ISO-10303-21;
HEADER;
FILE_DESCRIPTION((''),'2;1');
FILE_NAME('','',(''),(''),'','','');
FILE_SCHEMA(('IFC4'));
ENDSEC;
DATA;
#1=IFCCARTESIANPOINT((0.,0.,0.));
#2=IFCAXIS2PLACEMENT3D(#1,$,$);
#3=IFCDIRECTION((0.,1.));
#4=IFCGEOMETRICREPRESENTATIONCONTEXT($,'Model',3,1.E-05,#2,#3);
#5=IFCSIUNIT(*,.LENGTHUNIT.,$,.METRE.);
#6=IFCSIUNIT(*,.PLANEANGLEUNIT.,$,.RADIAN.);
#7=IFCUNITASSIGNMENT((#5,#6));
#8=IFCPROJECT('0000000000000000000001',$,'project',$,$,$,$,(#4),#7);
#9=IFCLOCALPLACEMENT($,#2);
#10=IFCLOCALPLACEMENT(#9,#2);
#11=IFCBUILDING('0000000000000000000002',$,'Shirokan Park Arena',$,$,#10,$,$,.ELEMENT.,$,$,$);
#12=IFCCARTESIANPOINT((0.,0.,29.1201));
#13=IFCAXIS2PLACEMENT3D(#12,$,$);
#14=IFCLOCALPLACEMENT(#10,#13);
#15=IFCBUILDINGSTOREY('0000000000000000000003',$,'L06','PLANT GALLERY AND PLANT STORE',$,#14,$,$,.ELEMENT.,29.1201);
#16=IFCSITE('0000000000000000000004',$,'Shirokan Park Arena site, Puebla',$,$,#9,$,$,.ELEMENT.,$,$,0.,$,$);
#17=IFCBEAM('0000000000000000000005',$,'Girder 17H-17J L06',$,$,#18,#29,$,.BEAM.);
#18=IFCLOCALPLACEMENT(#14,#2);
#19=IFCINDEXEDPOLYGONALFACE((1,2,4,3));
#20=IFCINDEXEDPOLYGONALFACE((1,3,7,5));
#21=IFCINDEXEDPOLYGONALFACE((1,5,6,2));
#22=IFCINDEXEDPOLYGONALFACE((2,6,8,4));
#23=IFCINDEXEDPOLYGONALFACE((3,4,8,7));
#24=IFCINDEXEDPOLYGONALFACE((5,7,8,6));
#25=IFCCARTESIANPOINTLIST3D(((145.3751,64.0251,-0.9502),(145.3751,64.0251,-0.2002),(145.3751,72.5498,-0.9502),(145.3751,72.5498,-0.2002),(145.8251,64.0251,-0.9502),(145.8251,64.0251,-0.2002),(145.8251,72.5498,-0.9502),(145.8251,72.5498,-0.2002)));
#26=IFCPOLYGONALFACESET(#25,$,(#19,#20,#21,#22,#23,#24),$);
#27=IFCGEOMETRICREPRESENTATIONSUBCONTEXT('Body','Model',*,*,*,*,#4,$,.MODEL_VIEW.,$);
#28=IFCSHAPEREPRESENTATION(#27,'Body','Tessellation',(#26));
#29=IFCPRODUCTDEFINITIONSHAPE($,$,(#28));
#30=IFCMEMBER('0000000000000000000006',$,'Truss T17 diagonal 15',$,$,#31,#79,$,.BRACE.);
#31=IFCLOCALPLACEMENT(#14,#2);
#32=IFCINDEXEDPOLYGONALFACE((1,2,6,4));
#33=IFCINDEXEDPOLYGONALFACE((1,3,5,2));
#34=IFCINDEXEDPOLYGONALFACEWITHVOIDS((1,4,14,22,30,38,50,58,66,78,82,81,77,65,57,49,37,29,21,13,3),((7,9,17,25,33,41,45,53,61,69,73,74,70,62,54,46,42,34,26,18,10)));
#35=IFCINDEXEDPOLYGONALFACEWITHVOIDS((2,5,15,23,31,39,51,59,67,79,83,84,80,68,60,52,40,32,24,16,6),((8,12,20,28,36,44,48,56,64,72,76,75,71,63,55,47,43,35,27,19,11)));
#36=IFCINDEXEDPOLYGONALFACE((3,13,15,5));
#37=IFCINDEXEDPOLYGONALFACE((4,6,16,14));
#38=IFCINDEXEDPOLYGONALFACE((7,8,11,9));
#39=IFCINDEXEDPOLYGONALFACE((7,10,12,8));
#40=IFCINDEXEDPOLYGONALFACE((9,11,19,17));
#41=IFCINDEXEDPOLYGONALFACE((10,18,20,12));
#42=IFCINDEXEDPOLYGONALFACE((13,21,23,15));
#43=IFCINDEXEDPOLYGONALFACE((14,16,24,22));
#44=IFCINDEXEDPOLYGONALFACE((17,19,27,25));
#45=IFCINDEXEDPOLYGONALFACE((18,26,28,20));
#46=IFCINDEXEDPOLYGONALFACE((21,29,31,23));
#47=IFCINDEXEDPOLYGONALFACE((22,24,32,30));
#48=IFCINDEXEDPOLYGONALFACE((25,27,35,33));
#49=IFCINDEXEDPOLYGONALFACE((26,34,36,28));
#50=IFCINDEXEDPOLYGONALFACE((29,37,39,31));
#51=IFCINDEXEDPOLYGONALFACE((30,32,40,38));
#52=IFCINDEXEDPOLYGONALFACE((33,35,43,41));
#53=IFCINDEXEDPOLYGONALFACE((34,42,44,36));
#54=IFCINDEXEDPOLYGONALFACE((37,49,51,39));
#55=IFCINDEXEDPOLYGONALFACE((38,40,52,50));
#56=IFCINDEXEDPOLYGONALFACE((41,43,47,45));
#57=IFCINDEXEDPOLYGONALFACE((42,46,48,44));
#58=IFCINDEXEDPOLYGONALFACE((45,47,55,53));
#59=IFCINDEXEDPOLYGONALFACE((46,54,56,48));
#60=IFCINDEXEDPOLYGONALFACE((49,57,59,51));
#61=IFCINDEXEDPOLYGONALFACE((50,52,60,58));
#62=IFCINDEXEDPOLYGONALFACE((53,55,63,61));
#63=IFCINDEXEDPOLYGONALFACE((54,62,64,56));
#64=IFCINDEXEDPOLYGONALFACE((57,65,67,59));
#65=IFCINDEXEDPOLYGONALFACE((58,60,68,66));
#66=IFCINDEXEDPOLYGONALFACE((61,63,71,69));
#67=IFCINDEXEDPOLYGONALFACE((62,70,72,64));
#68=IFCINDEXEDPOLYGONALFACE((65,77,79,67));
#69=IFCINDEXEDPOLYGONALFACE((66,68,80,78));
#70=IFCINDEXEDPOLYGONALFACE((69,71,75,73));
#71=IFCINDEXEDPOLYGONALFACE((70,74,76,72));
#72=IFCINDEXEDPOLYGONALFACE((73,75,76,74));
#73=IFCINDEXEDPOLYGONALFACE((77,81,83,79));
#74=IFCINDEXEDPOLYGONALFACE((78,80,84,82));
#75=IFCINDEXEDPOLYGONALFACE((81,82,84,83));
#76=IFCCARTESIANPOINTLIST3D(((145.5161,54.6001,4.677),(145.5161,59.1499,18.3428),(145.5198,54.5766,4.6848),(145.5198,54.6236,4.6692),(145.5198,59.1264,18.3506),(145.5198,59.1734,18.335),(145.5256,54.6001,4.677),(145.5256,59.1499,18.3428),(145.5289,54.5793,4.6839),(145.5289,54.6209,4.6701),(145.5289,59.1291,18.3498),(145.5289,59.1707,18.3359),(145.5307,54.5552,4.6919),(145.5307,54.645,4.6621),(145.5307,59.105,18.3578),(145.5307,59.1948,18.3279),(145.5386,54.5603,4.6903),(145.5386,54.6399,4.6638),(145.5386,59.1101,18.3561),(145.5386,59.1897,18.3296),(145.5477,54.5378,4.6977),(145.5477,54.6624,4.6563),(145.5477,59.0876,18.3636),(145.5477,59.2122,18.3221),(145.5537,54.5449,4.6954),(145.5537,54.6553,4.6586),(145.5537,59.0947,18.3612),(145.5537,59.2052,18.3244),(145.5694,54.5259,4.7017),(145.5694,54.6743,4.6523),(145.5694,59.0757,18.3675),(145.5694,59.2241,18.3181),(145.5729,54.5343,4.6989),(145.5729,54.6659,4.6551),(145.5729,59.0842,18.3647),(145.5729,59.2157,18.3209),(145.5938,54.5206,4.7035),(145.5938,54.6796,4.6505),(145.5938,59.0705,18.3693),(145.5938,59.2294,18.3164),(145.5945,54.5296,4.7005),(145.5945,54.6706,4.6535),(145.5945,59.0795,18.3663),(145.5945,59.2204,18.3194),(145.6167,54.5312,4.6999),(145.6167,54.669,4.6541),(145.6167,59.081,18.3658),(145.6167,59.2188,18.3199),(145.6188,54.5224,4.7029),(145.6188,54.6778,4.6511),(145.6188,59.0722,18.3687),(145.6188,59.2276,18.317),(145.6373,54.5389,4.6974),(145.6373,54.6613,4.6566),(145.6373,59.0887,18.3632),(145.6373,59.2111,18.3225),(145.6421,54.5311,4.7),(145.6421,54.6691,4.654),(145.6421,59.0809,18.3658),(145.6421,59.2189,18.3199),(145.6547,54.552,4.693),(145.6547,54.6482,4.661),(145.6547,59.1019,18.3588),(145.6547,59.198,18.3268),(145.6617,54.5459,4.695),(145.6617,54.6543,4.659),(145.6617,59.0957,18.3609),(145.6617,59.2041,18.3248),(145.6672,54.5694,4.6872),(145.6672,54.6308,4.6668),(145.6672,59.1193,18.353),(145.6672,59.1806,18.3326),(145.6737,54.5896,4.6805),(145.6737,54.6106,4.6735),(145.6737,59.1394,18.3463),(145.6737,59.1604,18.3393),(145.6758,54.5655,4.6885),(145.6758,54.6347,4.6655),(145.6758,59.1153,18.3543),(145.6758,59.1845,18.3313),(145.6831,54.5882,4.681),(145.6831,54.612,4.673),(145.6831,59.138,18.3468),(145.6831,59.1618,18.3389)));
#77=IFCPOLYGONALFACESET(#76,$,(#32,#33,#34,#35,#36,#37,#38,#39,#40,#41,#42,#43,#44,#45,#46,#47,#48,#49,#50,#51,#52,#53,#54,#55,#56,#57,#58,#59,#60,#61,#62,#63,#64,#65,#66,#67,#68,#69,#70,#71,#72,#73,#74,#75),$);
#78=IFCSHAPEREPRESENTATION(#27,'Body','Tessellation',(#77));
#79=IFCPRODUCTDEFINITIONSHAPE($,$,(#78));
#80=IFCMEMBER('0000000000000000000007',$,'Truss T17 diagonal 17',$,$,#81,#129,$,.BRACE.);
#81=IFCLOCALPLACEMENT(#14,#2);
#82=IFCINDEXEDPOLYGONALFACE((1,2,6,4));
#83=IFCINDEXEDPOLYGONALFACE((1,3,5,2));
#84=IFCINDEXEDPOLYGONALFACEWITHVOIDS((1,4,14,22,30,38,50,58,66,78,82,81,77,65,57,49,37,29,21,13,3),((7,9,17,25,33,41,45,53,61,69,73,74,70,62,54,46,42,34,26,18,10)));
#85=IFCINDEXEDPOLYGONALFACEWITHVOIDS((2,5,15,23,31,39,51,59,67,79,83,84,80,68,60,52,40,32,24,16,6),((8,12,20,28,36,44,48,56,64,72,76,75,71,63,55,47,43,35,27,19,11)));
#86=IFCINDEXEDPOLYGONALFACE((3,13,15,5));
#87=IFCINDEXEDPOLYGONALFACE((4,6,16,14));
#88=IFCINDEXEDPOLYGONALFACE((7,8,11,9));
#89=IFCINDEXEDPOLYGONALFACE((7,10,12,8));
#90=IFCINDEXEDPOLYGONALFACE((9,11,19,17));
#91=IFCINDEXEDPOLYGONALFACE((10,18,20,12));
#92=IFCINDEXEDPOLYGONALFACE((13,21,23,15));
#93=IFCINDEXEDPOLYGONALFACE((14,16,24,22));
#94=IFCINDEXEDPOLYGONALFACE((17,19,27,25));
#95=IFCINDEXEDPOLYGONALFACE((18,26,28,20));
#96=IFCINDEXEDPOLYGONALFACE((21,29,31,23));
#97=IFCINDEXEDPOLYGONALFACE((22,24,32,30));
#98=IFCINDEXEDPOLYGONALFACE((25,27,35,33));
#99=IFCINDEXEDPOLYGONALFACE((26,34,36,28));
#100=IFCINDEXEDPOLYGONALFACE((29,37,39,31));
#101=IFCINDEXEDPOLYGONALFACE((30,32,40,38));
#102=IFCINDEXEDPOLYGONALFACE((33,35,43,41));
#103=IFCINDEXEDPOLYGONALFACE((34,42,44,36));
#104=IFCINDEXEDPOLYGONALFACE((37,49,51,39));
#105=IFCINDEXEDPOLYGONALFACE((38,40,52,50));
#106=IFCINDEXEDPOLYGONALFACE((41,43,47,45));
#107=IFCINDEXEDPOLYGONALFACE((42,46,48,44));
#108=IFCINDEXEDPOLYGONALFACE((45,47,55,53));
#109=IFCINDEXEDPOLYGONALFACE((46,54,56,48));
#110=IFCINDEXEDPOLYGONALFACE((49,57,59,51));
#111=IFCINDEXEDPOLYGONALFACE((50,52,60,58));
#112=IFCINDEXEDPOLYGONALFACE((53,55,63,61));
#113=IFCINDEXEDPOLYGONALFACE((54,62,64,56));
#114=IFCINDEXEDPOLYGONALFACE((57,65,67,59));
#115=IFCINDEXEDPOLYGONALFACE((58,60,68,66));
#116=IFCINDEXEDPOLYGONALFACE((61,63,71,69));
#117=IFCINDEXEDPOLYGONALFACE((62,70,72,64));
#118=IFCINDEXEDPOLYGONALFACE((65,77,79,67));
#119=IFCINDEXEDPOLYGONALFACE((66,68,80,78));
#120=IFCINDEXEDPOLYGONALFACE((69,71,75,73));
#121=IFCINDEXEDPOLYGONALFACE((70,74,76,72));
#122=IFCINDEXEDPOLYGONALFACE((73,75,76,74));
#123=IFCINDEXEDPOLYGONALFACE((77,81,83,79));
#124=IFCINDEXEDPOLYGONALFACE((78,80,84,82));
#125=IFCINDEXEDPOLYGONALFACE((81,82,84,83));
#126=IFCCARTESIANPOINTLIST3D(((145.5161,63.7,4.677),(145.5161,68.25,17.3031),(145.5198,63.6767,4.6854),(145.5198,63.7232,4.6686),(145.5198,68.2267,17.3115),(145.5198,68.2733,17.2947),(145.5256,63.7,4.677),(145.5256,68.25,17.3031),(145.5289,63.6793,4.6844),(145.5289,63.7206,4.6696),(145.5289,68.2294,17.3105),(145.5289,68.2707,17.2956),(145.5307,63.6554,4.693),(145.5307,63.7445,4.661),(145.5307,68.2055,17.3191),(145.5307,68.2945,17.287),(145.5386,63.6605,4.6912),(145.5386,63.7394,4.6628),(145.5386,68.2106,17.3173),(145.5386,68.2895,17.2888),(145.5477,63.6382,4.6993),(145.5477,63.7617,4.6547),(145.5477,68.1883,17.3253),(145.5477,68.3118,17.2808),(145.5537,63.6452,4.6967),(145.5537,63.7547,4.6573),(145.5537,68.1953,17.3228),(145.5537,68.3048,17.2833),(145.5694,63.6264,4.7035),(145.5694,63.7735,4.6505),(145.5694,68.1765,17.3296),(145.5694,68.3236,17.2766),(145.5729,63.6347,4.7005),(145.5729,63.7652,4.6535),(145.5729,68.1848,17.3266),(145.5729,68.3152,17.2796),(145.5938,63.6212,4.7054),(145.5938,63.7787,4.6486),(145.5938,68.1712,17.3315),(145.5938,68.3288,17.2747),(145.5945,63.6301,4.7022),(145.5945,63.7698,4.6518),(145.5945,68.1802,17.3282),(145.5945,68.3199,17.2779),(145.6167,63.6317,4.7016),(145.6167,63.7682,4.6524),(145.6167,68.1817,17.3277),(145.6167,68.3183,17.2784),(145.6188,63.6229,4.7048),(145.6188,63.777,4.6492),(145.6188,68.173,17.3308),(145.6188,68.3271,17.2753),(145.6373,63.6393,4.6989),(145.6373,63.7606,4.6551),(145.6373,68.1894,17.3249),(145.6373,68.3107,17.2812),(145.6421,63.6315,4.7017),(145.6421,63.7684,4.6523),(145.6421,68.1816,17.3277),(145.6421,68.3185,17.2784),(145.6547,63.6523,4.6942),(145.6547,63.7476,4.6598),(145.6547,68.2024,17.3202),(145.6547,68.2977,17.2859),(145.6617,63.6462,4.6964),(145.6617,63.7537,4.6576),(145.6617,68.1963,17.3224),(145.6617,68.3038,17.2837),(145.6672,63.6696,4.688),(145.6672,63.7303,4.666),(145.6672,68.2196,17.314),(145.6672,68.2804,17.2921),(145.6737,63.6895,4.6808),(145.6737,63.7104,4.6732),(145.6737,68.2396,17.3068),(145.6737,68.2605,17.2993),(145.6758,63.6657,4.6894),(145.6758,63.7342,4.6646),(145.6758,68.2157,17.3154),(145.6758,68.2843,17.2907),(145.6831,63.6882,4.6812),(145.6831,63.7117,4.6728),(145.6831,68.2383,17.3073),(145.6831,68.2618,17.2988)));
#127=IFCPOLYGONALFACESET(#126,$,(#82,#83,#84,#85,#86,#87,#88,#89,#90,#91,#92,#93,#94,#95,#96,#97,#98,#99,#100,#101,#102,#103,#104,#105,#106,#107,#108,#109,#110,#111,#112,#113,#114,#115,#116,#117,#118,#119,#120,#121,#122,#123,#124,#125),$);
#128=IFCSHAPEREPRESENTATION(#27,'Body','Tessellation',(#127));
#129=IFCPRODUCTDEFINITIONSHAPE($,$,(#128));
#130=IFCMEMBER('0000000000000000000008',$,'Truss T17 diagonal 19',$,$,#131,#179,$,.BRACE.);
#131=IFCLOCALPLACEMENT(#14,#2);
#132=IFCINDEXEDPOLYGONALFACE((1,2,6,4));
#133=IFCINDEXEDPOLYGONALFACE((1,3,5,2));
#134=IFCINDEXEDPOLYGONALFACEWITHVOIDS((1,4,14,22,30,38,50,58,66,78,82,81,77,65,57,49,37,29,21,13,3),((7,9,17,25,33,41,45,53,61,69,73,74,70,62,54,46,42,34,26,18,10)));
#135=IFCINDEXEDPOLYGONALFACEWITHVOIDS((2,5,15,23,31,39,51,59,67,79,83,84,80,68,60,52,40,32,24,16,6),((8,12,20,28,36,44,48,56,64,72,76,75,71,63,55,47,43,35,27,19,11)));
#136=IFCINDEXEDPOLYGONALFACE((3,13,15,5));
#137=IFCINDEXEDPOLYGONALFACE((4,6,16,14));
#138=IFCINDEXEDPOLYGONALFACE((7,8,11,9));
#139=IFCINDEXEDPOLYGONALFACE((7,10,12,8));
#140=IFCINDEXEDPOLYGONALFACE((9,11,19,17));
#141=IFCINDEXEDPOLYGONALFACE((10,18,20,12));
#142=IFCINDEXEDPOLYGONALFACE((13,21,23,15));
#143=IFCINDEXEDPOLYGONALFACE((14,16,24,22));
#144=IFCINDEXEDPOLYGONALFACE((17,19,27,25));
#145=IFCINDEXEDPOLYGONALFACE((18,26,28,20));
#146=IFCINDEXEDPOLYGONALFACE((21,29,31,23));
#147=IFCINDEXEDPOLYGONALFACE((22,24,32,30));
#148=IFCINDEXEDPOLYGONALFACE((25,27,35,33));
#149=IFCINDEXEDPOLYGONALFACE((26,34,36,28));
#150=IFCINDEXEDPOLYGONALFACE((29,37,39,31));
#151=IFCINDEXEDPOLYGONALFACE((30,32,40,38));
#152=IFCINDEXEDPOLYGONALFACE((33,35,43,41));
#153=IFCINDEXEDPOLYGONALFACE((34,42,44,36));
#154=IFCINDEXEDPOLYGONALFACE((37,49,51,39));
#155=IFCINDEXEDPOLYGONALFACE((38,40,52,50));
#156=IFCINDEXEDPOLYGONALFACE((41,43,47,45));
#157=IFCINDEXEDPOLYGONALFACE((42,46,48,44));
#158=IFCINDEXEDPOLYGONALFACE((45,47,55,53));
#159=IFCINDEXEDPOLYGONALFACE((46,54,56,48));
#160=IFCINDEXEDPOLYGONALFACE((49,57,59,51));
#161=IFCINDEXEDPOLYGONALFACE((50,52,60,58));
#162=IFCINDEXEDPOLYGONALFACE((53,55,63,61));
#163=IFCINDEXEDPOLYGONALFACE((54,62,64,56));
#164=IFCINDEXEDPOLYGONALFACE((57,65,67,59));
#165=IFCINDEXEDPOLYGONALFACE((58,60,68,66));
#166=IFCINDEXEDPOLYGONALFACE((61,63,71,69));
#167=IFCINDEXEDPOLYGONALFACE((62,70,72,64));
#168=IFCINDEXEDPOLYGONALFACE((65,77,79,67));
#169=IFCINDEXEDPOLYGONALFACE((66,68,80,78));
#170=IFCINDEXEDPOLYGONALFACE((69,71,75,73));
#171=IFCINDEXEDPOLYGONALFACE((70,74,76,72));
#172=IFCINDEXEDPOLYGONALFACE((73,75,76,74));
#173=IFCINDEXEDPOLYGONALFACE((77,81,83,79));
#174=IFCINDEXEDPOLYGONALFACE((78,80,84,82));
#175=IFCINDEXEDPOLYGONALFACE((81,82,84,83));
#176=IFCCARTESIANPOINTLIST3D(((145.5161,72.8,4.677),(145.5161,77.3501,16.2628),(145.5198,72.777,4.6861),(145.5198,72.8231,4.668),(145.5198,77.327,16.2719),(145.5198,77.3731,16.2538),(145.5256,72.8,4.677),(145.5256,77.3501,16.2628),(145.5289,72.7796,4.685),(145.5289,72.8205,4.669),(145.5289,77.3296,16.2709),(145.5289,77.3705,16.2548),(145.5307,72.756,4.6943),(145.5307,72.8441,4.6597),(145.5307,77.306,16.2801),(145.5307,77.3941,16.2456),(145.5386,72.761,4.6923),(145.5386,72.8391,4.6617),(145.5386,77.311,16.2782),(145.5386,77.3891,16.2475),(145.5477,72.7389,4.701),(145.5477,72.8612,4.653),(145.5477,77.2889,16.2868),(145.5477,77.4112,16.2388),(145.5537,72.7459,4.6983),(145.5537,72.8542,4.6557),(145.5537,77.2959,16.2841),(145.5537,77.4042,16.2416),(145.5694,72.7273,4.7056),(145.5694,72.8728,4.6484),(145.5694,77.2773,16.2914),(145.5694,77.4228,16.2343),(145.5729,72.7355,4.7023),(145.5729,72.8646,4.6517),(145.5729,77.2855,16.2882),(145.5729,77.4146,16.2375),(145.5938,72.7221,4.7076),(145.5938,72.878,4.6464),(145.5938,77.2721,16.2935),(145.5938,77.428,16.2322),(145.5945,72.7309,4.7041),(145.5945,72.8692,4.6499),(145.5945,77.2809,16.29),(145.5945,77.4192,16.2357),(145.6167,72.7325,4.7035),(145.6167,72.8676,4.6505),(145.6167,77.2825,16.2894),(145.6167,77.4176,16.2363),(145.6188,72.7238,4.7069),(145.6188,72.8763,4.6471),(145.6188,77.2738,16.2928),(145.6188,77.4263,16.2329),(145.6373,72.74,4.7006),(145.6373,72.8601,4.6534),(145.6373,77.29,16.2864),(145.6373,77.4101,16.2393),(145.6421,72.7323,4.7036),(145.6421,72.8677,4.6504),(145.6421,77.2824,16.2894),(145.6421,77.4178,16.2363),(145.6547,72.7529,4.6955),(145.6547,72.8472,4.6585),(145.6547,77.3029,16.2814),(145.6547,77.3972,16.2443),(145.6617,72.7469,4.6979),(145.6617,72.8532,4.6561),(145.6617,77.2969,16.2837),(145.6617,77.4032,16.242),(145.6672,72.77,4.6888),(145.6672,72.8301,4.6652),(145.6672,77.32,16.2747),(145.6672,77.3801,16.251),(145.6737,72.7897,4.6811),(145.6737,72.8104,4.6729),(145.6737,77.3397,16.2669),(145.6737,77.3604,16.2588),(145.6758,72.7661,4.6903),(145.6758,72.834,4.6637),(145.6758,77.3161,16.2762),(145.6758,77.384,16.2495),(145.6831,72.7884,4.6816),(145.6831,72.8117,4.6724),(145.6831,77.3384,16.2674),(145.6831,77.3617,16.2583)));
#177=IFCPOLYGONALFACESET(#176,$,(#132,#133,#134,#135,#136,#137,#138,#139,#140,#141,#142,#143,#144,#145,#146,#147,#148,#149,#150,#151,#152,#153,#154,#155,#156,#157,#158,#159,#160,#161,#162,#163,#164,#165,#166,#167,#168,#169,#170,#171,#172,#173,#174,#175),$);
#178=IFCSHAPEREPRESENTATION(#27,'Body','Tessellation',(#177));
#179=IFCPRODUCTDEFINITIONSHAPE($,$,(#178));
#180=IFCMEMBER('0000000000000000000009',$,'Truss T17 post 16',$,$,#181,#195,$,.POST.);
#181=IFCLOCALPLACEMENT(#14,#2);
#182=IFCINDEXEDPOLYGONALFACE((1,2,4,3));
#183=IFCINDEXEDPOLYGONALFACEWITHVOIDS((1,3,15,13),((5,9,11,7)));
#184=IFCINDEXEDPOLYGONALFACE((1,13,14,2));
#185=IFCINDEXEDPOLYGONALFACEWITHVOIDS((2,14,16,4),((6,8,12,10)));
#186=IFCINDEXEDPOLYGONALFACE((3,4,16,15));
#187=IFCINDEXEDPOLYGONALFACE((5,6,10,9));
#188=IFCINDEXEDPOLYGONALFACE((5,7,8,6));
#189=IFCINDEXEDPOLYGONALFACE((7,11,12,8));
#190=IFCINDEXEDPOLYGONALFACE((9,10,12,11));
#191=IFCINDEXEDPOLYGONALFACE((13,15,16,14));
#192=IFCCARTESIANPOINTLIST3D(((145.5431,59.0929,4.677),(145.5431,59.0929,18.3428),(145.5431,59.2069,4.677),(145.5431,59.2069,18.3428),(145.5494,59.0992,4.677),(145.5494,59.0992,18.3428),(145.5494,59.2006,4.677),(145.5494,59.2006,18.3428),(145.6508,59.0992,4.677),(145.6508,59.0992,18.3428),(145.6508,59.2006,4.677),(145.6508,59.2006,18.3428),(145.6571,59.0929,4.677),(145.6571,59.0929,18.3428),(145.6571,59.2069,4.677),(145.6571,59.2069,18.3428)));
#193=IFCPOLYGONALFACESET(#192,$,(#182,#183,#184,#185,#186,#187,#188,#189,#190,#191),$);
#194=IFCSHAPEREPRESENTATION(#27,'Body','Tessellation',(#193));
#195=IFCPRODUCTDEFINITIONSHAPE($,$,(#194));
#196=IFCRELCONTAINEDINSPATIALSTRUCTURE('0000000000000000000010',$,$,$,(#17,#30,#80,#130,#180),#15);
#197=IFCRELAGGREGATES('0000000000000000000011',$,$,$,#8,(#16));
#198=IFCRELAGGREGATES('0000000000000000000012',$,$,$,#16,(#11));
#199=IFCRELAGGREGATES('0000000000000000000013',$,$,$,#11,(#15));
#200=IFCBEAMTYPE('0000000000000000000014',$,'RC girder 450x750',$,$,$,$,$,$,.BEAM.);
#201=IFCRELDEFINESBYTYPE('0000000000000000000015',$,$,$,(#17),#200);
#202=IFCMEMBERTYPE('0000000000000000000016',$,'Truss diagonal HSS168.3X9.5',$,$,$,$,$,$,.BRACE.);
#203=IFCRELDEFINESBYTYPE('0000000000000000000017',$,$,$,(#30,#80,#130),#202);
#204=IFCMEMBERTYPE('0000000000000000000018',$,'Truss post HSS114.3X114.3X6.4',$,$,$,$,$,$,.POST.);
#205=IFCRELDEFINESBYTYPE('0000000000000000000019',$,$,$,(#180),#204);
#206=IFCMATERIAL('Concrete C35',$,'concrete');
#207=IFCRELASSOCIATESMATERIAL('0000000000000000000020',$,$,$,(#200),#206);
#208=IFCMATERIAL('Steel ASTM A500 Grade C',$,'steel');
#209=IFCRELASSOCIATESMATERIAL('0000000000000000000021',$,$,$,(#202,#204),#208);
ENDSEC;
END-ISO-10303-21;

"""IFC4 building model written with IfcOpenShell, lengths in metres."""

from ifc_helpers import new_model, si_unit, direction, frame, origin, origin_2d, place, context, subcontext, project, spatial, rectangle, hollow_rectangle, hollow_circle, extrude, material, material_profile, profile_set, type_object, element, save


model = new_model("IFC4")

# Units and contexts
model_context = context("Model", 3, precision=1e-05, world=origin(), true_north=direction((0.0, 1.0)))
body_context = subcontext(model_context, "Body", "Model", "MODEL_VIEW")
ifc_project = project(units=[si_unit("LENGTHUNIT", "METRE"), si_unit("PLANEANGLEUNIT", "RADIAN")], contexts=[model_context])

# Site, building, storey
site_placement = place(None, origin())
site = spatial("IfcSite", under=ifc_project, at=site_placement, Name="Shirokan Park Arena site, Puebla", CompositionType="ELEMENT", RefElevation=0.0)
building_placement = place(site_placement, origin())
building = spatial("IfcBuilding", under=site, at=building_placement, Name="Shirokan Park Arena", CompositionType="ELEMENT")
storey_placement = place(building_placement, frame((0.0, 0.0, 29.1201)))
storey = spatial("IfcBuildingStorey", under=building, at=storey_placement, Name="L06", Description="PLANT GALLERY AND PLANT STORE", CompositionType="ELEMENT", Elevation=29.1201)

# Shared definitions
ifc_material_1 = material(Name="Concrete C35", Category="concrete")

# Shared definitions
ifc_material_2 = material(Name="Steel ASTM A500 Grade C", Category="steel")

# Beam
ifc_material_profile_1 = material_profile(ifc_material_1, rectangle(XDim=0.45, YDim=0.75, at=origin_2d()), Name="450x750")
ifc_profile_set_1 = profile_set([ifc_material_profile_1], Name="Concrete C35")
beam_type_1 = type_object("IfcBeamType", Name="RC girder 450x750", PredefinedType="BEAM", material=ifc_profile_set_1)
beam_1_placement = place(storey_placement, frame((145.6001, 64.0251, -0.5752), z_axis=(0.0, 1.0, 0.0), x_axis=(-1.0, 0.0, 0.0)))
element("IfcBeam", 1, at=beam_1_placement, inside=storey, type_object=beam_type_1, Name="Girder 17H-17J L06", PredefinedType="BEAM", context=body_context, shape_type="SweptSolid", body=[
    extrude(rectangle(XDim=0.45, YDim=0.75, at=origin_2d()), origin(), (0.0, 0.0, 1.0), 8.5247),
])

# Members
ifc_material_profile_2 = material_profile(ifc_material_2, hollow_circle(Radius=0.084, WallThickness=0.0095, at=origin_2d()), Name="HSS168.3X9.5")
ifc_profile_set_2 = profile_set([ifc_material_profile_2], Name="Steel ASTM A500 Grade C")
member_type_1 = type_object("IfcMemberType", Name="Truss diagonal HSS168.3X9.5", PredefinedType="BRACE", material=ifc_profile_set_2)
member_1_placement = place(storey_placement, frame((145.6001, 54.6001, 4.677), z_axis=(0.0, 0.315887, 0.948797), x_axis=(-1.0, 0.0, 0.0)))
element("IfcMember", 2, at=member_1_placement, inside=storey, type_object=member_type_1, Name="Truss T17 diagonal 15", PredefinedType="BRACE", context=body_context, shape_type="SweptSolid", body=[
    extrude(hollow_circle(Radius=0.084, WallThickness=0.0095, at=origin_2d()), origin(), (0.0, 0.0, 1.0), 14.4033),
])
member_2_placement = place(storey_placement, frame((145.6001, 63.7, 4.677), z_axis=(0.0, 0.339029, 0.940776), x_axis=(-1.0, 0.0, 0.0)))
element("IfcMember", 3, at=member_2_placement, inside=storey, type_object=member_type_1, Name="Truss T17 diagonal 17", PredefinedType="BRACE", context=body_context, shape_type="SweptSolid", body=[
    extrude(hollow_circle(Radius=0.084, WallThickness=0.0095, at=origin_2d()), origin(), (0.0, 0.0, 1.0), 13.4209),
])
member_3_placement = place(storey_placement, frame((145.6001, 72.8, 4.677), z_axis=(0.0, 0.365543, 0.930794), x_axis=(-1.0, 0.0, 0.0)))
element("IfcMember", 4, at=member_3_placement, inside=storey, type_object=member_type_1, Name="Truss T17 diagonal 19", PredefinedType="BRACE", context=body_context, shape_type="SweptSolid", body=[
    extrude(hollow_circle(Radius=0.084, WallThickness=0.0095, at=origin_2d()), origin(), (0.0, 0.0, 1.0), 12.4473),
])
ifc_material_profile_3 = material_profile(ifc_material_2, hollow_rectangle(XDim=0.114, YDim=0.114, WallThickness=0.0063, at=origin_2d()), Name="HSS114.3X114.3X6.4")
ifc_profile_set_3 = profile_set([ifc_material_profile_3], Name="Steel ASTM A500 Grade C")
member_type_2 = type_object("IfcMemberType", Name="Truss post HSS114.3X114.3X6.4", PredefinedType="POST", material=ifc_profile_set_3)
member_4_placement = place(storey_placement, frame((145.6001, 59.1499, 4.677), z_axis=(0.0, 0.0, 1.0), x_axis=(1.0, 0.0, 0.0)))
element("IfcMember", 5, at=member_4_placement, inside=storey, type_object=member_type_2, Name="Truss T17 post 16", PredefinedType="POST", context=body_context, shape_type="SweptSolid", body=[
    extrude(hollow_rectangle(XDim=0.114, YDim=0.114, WallThickness=0.0063, at=origin_2d()), origin(), (0.0, 0.0, 1.0), 13.6658),
])

save(model, "model.ifc")
